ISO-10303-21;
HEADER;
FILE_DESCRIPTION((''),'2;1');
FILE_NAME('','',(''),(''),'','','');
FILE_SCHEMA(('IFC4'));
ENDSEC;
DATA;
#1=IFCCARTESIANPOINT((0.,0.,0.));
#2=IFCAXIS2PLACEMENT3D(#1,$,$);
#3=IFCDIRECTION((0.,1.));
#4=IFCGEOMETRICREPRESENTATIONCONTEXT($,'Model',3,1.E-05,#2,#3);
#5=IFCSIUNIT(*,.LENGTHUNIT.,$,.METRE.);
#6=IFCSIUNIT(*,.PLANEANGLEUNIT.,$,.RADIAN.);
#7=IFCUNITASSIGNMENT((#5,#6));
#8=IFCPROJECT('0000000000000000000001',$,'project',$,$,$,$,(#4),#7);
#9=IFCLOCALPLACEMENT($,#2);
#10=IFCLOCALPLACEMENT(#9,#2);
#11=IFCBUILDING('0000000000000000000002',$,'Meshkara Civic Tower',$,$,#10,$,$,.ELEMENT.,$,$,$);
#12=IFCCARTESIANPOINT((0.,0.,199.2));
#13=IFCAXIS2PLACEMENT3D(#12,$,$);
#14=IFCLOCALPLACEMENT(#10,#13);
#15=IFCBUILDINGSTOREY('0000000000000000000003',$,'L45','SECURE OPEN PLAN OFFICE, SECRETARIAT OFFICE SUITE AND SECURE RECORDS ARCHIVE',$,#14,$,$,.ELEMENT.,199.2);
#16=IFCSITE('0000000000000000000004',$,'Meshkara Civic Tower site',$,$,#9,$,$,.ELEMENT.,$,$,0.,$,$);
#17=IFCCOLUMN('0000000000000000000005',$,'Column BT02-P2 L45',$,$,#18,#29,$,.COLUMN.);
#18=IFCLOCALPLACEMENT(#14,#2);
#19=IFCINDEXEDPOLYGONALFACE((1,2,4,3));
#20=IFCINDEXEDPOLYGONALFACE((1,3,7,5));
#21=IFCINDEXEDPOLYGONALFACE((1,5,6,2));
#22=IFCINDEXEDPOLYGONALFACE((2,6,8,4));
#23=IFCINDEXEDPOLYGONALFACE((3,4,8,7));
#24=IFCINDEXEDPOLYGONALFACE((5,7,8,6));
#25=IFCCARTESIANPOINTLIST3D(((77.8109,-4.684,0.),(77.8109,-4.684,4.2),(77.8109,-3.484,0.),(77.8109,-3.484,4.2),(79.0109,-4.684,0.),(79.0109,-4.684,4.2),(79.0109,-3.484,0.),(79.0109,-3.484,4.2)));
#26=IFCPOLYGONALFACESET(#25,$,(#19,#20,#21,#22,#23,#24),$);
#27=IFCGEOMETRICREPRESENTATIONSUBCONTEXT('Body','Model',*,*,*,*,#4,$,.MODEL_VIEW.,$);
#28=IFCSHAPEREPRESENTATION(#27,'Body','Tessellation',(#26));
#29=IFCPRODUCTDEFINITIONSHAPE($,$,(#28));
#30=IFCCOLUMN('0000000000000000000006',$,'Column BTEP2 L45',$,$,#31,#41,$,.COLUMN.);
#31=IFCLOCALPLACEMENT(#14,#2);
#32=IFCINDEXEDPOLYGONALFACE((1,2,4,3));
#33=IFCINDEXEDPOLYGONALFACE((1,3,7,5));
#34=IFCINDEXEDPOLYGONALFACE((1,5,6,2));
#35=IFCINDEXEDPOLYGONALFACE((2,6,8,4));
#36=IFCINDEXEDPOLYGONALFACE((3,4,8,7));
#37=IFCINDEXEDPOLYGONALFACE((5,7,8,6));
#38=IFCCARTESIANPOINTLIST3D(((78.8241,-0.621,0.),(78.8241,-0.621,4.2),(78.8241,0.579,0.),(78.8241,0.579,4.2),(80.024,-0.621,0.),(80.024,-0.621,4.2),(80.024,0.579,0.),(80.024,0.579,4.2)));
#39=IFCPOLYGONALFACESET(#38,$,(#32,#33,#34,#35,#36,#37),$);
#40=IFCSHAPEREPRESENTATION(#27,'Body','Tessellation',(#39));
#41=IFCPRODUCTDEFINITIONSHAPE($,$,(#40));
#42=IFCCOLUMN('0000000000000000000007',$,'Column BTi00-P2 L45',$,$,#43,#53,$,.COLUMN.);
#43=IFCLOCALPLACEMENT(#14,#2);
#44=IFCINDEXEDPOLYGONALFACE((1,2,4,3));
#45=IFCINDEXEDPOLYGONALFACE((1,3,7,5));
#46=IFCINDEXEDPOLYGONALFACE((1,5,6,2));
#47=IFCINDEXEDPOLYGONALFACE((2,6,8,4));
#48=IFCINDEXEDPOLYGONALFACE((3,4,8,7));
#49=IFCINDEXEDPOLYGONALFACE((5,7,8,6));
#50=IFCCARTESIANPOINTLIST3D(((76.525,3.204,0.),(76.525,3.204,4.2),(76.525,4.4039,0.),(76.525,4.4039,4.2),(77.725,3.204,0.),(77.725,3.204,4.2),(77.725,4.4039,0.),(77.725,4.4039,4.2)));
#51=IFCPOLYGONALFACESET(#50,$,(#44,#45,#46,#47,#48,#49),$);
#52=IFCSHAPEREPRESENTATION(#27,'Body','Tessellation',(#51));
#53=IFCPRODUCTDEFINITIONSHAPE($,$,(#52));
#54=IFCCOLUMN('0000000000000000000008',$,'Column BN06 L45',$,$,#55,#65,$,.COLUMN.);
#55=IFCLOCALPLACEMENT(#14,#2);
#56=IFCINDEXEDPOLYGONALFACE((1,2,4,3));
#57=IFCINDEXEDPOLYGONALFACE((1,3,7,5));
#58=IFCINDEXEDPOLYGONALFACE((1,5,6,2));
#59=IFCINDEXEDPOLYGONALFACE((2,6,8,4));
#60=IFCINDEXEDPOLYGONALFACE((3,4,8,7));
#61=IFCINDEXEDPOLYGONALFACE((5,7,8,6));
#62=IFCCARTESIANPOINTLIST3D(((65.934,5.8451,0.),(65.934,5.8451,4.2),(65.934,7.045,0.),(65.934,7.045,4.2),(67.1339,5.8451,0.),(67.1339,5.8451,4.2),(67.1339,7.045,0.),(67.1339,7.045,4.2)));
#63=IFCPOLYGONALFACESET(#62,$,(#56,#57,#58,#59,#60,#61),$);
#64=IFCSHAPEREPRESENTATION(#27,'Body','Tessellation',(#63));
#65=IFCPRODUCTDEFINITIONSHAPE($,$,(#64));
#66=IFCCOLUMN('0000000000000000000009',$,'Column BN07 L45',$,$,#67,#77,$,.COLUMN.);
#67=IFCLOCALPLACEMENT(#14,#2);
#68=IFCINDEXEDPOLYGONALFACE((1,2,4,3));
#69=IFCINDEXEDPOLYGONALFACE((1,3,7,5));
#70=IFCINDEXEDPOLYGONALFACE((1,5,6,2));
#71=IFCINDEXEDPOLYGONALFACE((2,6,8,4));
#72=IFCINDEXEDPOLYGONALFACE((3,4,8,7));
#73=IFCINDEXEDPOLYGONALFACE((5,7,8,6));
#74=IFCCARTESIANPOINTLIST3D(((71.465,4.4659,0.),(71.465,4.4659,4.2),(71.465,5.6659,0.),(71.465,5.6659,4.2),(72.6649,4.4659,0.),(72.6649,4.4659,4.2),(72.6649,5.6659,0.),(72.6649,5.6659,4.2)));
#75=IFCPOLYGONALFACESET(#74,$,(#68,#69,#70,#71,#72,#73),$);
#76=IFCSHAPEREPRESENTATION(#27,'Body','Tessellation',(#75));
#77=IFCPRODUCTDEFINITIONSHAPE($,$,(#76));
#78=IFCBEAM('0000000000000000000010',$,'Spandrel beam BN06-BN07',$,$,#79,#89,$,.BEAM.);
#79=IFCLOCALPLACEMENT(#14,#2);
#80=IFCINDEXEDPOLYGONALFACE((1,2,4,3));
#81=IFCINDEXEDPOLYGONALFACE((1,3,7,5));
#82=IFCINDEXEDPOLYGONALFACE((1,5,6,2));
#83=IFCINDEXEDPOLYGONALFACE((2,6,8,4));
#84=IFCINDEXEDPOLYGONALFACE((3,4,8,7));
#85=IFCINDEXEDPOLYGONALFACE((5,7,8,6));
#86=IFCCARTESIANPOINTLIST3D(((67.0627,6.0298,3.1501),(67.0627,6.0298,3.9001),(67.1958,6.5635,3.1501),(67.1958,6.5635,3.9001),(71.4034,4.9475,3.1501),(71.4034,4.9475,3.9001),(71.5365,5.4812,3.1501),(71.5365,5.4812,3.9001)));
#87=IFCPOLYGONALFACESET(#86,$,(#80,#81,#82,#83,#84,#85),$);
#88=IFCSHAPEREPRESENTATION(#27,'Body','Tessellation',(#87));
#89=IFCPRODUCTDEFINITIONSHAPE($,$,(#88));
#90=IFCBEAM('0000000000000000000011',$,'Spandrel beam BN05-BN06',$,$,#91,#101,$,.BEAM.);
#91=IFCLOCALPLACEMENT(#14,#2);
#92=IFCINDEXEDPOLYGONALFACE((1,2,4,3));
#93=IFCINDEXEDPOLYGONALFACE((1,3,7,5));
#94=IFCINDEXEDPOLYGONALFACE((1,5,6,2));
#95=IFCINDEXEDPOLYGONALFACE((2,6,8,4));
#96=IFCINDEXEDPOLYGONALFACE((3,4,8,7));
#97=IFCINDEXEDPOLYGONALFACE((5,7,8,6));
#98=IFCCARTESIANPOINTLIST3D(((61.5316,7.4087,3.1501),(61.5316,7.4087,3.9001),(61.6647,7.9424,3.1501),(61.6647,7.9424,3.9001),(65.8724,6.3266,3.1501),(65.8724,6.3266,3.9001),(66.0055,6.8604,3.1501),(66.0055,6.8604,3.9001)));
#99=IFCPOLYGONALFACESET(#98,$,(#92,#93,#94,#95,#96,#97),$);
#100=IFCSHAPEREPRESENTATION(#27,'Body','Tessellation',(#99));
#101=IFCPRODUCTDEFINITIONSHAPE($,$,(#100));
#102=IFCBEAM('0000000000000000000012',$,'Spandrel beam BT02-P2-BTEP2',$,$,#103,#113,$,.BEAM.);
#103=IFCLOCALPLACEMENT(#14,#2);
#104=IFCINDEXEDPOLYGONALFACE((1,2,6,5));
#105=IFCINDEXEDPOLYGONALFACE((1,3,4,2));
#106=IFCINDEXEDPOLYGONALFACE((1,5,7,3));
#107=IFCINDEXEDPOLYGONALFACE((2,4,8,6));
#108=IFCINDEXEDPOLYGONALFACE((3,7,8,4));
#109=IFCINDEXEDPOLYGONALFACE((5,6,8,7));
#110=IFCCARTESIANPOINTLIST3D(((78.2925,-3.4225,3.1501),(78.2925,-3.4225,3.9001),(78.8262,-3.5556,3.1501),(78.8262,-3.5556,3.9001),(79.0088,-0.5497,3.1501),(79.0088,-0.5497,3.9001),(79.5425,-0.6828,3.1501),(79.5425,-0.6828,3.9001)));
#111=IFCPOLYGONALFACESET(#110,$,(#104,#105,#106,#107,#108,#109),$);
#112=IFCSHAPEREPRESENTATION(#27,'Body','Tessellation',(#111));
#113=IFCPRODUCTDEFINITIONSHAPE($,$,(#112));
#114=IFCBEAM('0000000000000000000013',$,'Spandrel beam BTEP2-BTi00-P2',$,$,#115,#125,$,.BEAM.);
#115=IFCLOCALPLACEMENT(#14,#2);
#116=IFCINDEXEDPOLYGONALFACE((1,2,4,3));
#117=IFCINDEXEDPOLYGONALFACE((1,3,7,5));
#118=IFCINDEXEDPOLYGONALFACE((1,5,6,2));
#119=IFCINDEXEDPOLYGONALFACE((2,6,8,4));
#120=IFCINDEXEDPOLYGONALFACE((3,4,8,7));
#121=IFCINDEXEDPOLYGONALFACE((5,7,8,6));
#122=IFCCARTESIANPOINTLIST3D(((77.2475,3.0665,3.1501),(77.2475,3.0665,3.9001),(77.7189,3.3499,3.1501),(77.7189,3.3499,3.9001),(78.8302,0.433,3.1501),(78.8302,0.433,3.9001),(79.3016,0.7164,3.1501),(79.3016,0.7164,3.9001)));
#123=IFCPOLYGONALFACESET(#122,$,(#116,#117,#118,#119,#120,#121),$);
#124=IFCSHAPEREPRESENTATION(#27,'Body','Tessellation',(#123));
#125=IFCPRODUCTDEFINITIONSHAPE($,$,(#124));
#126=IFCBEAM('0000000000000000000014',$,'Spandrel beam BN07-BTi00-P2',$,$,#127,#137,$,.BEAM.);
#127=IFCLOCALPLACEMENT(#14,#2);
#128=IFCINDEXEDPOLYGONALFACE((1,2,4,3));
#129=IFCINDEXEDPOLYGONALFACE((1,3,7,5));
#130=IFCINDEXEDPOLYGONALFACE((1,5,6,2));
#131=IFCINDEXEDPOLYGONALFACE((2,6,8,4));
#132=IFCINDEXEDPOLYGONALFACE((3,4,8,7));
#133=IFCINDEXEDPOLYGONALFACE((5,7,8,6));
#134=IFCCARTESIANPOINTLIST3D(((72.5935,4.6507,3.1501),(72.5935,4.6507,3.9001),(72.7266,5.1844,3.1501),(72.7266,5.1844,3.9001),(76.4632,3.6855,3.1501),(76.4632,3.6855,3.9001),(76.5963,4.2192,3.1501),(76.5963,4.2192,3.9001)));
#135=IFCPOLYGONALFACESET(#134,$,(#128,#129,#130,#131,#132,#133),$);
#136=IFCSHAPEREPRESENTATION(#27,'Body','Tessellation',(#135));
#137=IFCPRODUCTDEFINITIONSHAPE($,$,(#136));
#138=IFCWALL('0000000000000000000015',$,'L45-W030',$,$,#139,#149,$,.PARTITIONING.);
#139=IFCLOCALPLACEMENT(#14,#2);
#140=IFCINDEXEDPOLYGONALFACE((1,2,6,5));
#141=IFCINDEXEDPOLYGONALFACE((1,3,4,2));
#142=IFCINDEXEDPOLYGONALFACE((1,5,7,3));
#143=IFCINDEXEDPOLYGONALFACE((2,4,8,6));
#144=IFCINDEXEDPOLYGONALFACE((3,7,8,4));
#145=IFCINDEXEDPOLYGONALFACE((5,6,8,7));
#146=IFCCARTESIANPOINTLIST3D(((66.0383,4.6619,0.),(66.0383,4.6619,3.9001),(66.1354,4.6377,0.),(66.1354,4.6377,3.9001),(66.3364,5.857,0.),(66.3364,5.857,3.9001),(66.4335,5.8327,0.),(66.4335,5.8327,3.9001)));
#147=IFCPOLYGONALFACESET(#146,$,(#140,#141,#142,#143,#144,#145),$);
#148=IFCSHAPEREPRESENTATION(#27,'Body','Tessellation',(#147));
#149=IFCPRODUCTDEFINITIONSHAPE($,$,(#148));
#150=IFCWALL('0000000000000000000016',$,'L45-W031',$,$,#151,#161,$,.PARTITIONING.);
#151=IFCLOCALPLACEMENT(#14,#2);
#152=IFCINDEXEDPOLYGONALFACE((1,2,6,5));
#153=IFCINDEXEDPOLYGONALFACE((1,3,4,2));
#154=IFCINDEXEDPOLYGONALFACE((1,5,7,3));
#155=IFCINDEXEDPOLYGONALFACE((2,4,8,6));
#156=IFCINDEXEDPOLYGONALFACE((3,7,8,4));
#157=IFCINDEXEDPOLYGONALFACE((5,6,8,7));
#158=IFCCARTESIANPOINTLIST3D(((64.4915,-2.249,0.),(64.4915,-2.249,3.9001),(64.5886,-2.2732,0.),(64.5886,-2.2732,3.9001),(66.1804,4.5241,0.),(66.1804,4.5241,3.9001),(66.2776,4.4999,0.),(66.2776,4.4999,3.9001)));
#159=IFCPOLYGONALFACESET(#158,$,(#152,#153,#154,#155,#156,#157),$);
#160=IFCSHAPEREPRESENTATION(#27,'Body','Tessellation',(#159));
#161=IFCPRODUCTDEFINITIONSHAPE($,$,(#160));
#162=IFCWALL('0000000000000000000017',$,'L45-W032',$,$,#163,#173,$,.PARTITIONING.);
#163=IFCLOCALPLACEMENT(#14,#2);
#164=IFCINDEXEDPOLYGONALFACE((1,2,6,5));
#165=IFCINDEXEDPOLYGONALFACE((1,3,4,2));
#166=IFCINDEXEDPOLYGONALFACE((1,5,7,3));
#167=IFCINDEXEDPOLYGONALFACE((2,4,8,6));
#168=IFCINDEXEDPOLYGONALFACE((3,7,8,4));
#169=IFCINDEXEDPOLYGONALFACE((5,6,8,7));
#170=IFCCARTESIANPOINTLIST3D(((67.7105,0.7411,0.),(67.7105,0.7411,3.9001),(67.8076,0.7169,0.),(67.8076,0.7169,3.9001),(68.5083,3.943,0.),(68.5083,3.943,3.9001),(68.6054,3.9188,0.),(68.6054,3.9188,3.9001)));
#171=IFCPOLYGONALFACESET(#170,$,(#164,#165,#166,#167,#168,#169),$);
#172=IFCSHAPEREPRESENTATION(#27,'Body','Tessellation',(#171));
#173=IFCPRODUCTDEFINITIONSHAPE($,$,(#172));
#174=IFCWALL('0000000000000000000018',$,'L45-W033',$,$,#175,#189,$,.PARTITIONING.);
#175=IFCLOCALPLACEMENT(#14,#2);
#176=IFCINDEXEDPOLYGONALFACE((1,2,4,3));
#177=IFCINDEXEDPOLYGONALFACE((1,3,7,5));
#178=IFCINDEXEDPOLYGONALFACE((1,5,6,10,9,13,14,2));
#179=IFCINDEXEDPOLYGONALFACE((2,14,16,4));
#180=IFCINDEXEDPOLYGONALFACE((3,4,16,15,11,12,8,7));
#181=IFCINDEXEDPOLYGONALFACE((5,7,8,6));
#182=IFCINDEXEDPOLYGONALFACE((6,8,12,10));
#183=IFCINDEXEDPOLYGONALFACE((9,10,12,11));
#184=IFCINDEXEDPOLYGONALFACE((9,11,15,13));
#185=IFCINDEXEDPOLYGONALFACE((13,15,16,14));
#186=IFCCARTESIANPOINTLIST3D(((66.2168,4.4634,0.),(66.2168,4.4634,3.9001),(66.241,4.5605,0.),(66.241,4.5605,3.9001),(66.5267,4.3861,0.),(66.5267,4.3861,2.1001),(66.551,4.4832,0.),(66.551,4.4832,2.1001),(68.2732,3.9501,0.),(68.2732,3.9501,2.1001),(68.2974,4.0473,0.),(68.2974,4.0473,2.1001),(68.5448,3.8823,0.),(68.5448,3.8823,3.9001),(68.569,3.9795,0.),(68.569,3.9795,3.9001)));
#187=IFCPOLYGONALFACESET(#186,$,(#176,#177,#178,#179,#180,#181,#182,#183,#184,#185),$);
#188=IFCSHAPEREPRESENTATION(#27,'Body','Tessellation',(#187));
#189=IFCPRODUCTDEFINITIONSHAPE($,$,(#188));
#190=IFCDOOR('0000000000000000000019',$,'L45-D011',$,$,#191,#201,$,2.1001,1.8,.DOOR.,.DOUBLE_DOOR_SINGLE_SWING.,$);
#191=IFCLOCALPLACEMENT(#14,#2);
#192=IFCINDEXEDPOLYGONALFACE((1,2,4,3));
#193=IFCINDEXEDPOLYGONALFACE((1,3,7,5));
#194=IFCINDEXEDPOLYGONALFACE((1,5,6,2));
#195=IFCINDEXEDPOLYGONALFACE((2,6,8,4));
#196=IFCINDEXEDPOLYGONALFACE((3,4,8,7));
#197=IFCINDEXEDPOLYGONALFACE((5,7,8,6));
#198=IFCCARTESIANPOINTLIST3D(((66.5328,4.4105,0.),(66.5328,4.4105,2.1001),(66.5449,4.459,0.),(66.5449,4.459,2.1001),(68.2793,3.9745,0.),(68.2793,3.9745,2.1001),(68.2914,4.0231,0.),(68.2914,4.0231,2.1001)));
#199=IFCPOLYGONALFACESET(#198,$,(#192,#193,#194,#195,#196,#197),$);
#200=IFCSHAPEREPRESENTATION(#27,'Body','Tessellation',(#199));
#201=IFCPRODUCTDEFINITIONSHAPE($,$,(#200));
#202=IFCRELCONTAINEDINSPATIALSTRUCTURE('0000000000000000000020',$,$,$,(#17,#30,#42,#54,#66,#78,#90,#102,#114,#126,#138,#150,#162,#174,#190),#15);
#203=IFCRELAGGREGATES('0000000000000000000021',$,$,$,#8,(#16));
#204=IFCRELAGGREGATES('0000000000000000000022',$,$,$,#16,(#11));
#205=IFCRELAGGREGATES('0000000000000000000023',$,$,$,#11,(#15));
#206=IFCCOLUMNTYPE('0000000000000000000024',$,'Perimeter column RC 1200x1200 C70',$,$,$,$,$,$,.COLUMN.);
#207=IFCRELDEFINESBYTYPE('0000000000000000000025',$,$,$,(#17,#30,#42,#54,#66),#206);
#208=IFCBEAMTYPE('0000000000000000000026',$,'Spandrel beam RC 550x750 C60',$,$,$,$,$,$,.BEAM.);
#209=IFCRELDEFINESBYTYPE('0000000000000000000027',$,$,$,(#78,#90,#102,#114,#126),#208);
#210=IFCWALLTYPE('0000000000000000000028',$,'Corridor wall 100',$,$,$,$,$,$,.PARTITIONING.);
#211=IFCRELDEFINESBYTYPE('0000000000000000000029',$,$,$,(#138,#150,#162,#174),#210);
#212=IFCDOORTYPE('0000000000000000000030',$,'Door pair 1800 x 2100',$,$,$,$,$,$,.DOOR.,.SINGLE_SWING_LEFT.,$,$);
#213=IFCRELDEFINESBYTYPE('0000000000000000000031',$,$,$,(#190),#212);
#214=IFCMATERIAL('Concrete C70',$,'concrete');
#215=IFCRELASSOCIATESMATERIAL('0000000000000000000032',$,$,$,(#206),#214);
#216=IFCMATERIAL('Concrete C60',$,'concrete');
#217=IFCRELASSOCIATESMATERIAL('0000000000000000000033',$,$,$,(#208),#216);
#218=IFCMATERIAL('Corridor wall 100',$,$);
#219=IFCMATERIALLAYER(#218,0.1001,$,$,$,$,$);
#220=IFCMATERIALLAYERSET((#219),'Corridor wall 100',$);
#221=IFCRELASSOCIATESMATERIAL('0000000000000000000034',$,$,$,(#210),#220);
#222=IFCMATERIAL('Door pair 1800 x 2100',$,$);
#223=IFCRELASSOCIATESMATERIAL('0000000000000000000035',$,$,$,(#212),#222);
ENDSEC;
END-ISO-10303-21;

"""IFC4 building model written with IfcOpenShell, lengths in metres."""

from ifc_helpers import new_model, si_unit, direction, frame, frame_2d, origin, origin_2d, place, context, subcontext, project, spatial, rectangle, extrude, material, layer, layer_set, material_profile, profile_set, type_object, element, fill, save


model = new_model("IFC4")

# Units and contexts
model_context = context("Model", 3, precision=1e-05, world=origin(), true_north=direction((0.0, 1.0)))
body_context = subcontext(model_context, "Body", "Model", "MODEL_VIEW")
ifc_project = project(units=[si_unit("LENGTHUNIT", "METRE"), si_unit("PLANEANGLEUNIT", "RADIAN")], contexts=[model_context])

# Site, building, storey
site_placement = place(None, origin())
site = spatial("IfcSite", under=ifc_project, at=site_placement, Name="Meshkara Civic Tower site", CompositionType="ELEMENT", RefElevation=0.0)
building_placement = place(site_placement, origin())
building = spatial("IfcBuilding", under=site, at=building_placement, Name="Meshkara Civic Tower", CompositionType="ELEMENT")
storey_placement = place(building_placement, frame((0.0, 0.0, 199.2)))
storey = spatial("IfcBuildingStorey", under=building, at=storey_placement, Name="L45", Description="SECURE OPEN PLAN OFFICE, SECRETARIAT OFFICE SUITE AND SECURE RECORDS ARCHIVE", CompositionType="ELEMENT", Elevation=199.2)

# Columns
ifc_material_1 = material(Name="Concrete C70", Category="concrete")
ifc_material_profile_1 = material_profile(ifc_material_1, rectangle(XDim=1.2, YDim=1.2, at=origin_2d()))
ifc_profile_set_1 = profile_set([ifc_material_profile_1], Name="Concrete C70")
column_type = type_object("IfcColumnType", Name="Perimeter column RC 1200x1200 C70", PredefinedType="COLUMN", material=ifc_profile_set_1)
for number, where, z_axis, x_axis, name in (
    (1, (78.4109, -4.084, 0.0), (0.0, 0.0, 1.0), (1.0, 0.0, 0.0), "Column BT02-P2 L45"),
    (2, (79.4241, -0.021, 0.0), (0.0, 0.0, 1.0), (1.0, 0.0, 0.0), "Column BTEP2 L45"),
    (3, (77.125, 3.804, 0.0), (0.0, 0.0, 1.0), (1.0, 0.0, 0.0), "Column BTi00-P2 L45"),
    (4, (66.5339, 6.4451, 0.0), (0.0, 0.0, 1.0), (1.0, 0.0, 0.0), "Column BN06 L45"),
    (5, (72.0649, 5.0659, 0.0), (0.0, 0.0, 1.0), (1.0, 0.0, 0.0), "Column BN07 L45"),
):
    element("IfcColumn", number, at=place(storey_placement, frame(where, z_axis=z_axis, x_axis=x_axis)), inside=storey, type_object=column_type, Name=name, PredefinedType="COLUMN", context=body_context, shape_type="SweptSolid", body=[
        extrude(rectangle(XDim=1.2, YDim=1.2, at=origin_2d()), origin(), (0.0, 0.0, 1.0), 4.2),
    ])

# Beams
ifc_material_2 = material(Name="Concrete C60", Category="concrete")
ifc_material_profile_2 = material_profile(ifc_material_2, rectangle(XDim=0.55, YDim=0.75, at=origin_2d()))
ifc_profile_set_2 = profile_set([ifc_material_profile_2], Name="Concrete C60")
beam_type = type_object("IfcBeamType", Name="Spandrel beam RC 550x750 C60", PredefinedType="BEAM", material=ifc_profile_set_2)
for number, where, z_axis, x_axis, name in (
    (6, (71.47, 5.2144, 3.5251), (-0.970296, 0.241919, 0.0), (-0.241919, -0.970296, 0.0), "Spandrel beam BN06-BN07"),
    (7, (65.939, 6.5935, 3.5251), (-0.970309, 0.241868, 0.0), (-0.241868, -0.970309, 0.0), "Spandrel beam BN05-BN06"),
):
    element("IfcBeam", number, at=place(storey_placement, frame(where, z_axis=z_axis, x_axis=x_axis)), inside=storey, type_object=beam_type, Name=name, PredefinedType="BEAM", context=body_context, shape_type="SweptSolid", body=[
        extrude(rectangle(XDim=0.55, YDim=0.75, at=origin_2d()), origin(), (0.0, 0.0, 1.0), 4.4736),
    ])
beam_1_placement = place(storey_placement, frame((78.5593, -3.489, 3.5251), z_axis=(0.241934, 0.970293, 0.0), x_axis=(-0.970293, 0.241934, 0.0)))
element("IfcBeam", 8, at=beam_1_placement, inside=storey, type_object=beam_type, Name="Spandrel beam BT02-P2-BTEP2", PredefinedType="BEAM", context=body_context, shape_type="SweptSolid", body=[
    extrude(rectangle(XDim=0.55, YDim=0.75, at=origin_2d()), origin(), (0.0, 0.0, 1.0), 2.9607),
])
beam_2_placement = place(storey_placement, frame((79.0659, 0.5747, 3.5251), z_axis=(-0.515127, 0.857114, 0.0), x_axis=(-0.857114, -0.515127, 0.0)))
element("IfcBeam", 9, at=beam_2_placement, inside=storey, type_object=beam_type, Name="Spandrel beam BTEP2-BTi00-P2", PredefinedType="BEAM", context=body_context, shape_type="SweptSolid", body=[
    extrude(rectangle(XDim=0.55, YDim=0.75, at=origin_2d()), origin(), (0.0, 0.0, 1.0), 3.0725),
])
beam_3_placement = place(storey_placement, frame((76.5298, 3.9524, 3.5251), z_axis=(-0.970279, 0.241988, 0.0), x_axis=(-0.241988, -0.970279, 0.0)))
element("IfcBeam", 10, at=beam_3_placement, inside=storey, type_object=beam_type, Name="Spandrel beam BN07-BTi00-P2", PredefinedType="BEAM", context=body_context, shape_type="SweptSolid", body=[
    extrude(rectangle(XDim=0.55, YDim=0.75, at=origin_2d()), origin(), (0.0, 0.0, 1.0), 3.9883),
])

# Walls
ifc_material_3 = material(Name="Corridor wall 100")
ifc_layer_1 = layer(ifc_material_3, 0.1001)
ifc_layer_set_1 = layer_set([ifc_layer_1], Name="Corridor wall 100")
wall_type_1 = type_object("IfcWallType", Name="Corridor wall 100", PredefinedType="PARTITIONING", material=ifc_layer_set_1)
wall_1_placement = place(storey_placement, frame((66.0869, 4.6499, 0.0), z_axis=(0.0, 0.0, 1.0), x_axis=(0.242023, 0.970271, 0.0)))
element("IfcWall", 11, at=wall_1_placement, inside=storey, type_object=wall_type_1, Name="L45-W030", PredefinedType="PARTITIONING", context=body_context, shape_type="SweptSolid", body=[
    extrude(rectangle(XDim=1.2317, YDim=0.1001, at=frame_2d((0.6157, 0.0))), origin(), (0.0, 0.0, 1.0), 3.9001),
])
wall_2_placement = place(storey_placement, frame((66.229, 4.512, 0.0), z_axis=(0.0, 0.0, 1.0), x_axis=(-0.24196, -0.970286, 0.0)))
element("IfcWall", 12, at=wall_2_placement, inside=storey, type_object=wall_type_1, Name="L45-W031", PredefinedType="PARTITIONING", context=body_context, shape_type="SweptSolid", body=[
    extrude(rectangle(XDim=6.9805, YDim=0.1001, at=frame_2d((3.4902, 0.0))), origin(), (0.0, 0.0, 1.0), 3.9001),
])
wall_3_placement = place(storey_placement, frame((67.759, 0.729, 0.0), z_axis=(0.0, 0.0, 1.0), x_axis=(0.241787, 0.970329, 0.0)))
element("IfcWall", 13, at=wall_3_placement, inside=storey, type_object=wall_type_1, Name="L45-W032", PredefinedType="PARTITIONING", context=body_context, shape_type="SweptSolid", body=[
    extrude(rectangle(XDim=3.2998, YDim=0.1001, at=frame_2d((1.6499, 0.0))), origin(), (0.0, 0.0, 1.0), 3.9001),
])

# Wall, opening, door
wall_4_placement = place(storey_placement, frame((68.5569, 3.9309, 0.0), z_axis=(0.0, 0.0, 1.0), x_axis=(-0.970232, 0.242176, 0.0)))
wall_4 = element("IfcWall", 14, at=wall_4_placement, inside=storey, type_object=wall_type_1, Name="L45-W033", PredefinedType="PARTITIONING", context=body_context, shape_type="SweptSolid", body=[
    extrude(rectangle(XDim=2.3994, YDim=0.1001, at=frame_2d((1.1997, 0.0))), origin(), (0.0, 0.0, 1.0), 3.9001),
])
opening_1_placement = place(wall_4_placement, frame((0.28, 0.0, 0.0)))
opening_1 = element("IfcOpeningElement", 15, at=opening_1_placement, cuts=wall_4, PredefinedType="OPENING", context=body_context, shape_type="SweptSolid", body=[
    extrude(rectangle(XDim=1.8, YDim=2.1001, at=frame_2d((0.8999, 1.05))), frame((0.0, 0.0601, 0.0), z_axis=(0.0, -1.0, 0.0), x_axis=(1.0, 0.0, 0.0)), (0.0, 0.0, 1.0), 0.1201),
])
ifc_material_4 = material(Name="Door pair 1800 x 2100")
door_type = type_object("IfcDoorType", Name="Door pair 1800 x 2100", OperationType="SINGLE_SWING_LEFT", PredefinedType="DOOR", material=ifc_material_4)
door_placement = place(opening_1_placement, origin())
door = element("IfcDoor", 16, at=door_placement, inside=storey, type_object=door_type, Name="L45-D011", OperationType="DOUBLE_DOOR_SINGLE_SWING", OverallHeight=2.1001, OverallWidth=1.8, PredefinedType="DOOR", context=body_context, shape_type="SweptSolid", body=[
    extrude(rectangle(XDim=1.8, YDim=2.1001, at=frame_2d((0.8999, 1.05))), frame((0.0, 0.0249, 0.0), z_axis=(0.0, -1.0, 0.0), x_axis=(1.0, 0.0, 0.0)), (0.0, 0.0, 1.0), 0.05),
])
fill(opening_1, door)

save(model, "model.ifc")
